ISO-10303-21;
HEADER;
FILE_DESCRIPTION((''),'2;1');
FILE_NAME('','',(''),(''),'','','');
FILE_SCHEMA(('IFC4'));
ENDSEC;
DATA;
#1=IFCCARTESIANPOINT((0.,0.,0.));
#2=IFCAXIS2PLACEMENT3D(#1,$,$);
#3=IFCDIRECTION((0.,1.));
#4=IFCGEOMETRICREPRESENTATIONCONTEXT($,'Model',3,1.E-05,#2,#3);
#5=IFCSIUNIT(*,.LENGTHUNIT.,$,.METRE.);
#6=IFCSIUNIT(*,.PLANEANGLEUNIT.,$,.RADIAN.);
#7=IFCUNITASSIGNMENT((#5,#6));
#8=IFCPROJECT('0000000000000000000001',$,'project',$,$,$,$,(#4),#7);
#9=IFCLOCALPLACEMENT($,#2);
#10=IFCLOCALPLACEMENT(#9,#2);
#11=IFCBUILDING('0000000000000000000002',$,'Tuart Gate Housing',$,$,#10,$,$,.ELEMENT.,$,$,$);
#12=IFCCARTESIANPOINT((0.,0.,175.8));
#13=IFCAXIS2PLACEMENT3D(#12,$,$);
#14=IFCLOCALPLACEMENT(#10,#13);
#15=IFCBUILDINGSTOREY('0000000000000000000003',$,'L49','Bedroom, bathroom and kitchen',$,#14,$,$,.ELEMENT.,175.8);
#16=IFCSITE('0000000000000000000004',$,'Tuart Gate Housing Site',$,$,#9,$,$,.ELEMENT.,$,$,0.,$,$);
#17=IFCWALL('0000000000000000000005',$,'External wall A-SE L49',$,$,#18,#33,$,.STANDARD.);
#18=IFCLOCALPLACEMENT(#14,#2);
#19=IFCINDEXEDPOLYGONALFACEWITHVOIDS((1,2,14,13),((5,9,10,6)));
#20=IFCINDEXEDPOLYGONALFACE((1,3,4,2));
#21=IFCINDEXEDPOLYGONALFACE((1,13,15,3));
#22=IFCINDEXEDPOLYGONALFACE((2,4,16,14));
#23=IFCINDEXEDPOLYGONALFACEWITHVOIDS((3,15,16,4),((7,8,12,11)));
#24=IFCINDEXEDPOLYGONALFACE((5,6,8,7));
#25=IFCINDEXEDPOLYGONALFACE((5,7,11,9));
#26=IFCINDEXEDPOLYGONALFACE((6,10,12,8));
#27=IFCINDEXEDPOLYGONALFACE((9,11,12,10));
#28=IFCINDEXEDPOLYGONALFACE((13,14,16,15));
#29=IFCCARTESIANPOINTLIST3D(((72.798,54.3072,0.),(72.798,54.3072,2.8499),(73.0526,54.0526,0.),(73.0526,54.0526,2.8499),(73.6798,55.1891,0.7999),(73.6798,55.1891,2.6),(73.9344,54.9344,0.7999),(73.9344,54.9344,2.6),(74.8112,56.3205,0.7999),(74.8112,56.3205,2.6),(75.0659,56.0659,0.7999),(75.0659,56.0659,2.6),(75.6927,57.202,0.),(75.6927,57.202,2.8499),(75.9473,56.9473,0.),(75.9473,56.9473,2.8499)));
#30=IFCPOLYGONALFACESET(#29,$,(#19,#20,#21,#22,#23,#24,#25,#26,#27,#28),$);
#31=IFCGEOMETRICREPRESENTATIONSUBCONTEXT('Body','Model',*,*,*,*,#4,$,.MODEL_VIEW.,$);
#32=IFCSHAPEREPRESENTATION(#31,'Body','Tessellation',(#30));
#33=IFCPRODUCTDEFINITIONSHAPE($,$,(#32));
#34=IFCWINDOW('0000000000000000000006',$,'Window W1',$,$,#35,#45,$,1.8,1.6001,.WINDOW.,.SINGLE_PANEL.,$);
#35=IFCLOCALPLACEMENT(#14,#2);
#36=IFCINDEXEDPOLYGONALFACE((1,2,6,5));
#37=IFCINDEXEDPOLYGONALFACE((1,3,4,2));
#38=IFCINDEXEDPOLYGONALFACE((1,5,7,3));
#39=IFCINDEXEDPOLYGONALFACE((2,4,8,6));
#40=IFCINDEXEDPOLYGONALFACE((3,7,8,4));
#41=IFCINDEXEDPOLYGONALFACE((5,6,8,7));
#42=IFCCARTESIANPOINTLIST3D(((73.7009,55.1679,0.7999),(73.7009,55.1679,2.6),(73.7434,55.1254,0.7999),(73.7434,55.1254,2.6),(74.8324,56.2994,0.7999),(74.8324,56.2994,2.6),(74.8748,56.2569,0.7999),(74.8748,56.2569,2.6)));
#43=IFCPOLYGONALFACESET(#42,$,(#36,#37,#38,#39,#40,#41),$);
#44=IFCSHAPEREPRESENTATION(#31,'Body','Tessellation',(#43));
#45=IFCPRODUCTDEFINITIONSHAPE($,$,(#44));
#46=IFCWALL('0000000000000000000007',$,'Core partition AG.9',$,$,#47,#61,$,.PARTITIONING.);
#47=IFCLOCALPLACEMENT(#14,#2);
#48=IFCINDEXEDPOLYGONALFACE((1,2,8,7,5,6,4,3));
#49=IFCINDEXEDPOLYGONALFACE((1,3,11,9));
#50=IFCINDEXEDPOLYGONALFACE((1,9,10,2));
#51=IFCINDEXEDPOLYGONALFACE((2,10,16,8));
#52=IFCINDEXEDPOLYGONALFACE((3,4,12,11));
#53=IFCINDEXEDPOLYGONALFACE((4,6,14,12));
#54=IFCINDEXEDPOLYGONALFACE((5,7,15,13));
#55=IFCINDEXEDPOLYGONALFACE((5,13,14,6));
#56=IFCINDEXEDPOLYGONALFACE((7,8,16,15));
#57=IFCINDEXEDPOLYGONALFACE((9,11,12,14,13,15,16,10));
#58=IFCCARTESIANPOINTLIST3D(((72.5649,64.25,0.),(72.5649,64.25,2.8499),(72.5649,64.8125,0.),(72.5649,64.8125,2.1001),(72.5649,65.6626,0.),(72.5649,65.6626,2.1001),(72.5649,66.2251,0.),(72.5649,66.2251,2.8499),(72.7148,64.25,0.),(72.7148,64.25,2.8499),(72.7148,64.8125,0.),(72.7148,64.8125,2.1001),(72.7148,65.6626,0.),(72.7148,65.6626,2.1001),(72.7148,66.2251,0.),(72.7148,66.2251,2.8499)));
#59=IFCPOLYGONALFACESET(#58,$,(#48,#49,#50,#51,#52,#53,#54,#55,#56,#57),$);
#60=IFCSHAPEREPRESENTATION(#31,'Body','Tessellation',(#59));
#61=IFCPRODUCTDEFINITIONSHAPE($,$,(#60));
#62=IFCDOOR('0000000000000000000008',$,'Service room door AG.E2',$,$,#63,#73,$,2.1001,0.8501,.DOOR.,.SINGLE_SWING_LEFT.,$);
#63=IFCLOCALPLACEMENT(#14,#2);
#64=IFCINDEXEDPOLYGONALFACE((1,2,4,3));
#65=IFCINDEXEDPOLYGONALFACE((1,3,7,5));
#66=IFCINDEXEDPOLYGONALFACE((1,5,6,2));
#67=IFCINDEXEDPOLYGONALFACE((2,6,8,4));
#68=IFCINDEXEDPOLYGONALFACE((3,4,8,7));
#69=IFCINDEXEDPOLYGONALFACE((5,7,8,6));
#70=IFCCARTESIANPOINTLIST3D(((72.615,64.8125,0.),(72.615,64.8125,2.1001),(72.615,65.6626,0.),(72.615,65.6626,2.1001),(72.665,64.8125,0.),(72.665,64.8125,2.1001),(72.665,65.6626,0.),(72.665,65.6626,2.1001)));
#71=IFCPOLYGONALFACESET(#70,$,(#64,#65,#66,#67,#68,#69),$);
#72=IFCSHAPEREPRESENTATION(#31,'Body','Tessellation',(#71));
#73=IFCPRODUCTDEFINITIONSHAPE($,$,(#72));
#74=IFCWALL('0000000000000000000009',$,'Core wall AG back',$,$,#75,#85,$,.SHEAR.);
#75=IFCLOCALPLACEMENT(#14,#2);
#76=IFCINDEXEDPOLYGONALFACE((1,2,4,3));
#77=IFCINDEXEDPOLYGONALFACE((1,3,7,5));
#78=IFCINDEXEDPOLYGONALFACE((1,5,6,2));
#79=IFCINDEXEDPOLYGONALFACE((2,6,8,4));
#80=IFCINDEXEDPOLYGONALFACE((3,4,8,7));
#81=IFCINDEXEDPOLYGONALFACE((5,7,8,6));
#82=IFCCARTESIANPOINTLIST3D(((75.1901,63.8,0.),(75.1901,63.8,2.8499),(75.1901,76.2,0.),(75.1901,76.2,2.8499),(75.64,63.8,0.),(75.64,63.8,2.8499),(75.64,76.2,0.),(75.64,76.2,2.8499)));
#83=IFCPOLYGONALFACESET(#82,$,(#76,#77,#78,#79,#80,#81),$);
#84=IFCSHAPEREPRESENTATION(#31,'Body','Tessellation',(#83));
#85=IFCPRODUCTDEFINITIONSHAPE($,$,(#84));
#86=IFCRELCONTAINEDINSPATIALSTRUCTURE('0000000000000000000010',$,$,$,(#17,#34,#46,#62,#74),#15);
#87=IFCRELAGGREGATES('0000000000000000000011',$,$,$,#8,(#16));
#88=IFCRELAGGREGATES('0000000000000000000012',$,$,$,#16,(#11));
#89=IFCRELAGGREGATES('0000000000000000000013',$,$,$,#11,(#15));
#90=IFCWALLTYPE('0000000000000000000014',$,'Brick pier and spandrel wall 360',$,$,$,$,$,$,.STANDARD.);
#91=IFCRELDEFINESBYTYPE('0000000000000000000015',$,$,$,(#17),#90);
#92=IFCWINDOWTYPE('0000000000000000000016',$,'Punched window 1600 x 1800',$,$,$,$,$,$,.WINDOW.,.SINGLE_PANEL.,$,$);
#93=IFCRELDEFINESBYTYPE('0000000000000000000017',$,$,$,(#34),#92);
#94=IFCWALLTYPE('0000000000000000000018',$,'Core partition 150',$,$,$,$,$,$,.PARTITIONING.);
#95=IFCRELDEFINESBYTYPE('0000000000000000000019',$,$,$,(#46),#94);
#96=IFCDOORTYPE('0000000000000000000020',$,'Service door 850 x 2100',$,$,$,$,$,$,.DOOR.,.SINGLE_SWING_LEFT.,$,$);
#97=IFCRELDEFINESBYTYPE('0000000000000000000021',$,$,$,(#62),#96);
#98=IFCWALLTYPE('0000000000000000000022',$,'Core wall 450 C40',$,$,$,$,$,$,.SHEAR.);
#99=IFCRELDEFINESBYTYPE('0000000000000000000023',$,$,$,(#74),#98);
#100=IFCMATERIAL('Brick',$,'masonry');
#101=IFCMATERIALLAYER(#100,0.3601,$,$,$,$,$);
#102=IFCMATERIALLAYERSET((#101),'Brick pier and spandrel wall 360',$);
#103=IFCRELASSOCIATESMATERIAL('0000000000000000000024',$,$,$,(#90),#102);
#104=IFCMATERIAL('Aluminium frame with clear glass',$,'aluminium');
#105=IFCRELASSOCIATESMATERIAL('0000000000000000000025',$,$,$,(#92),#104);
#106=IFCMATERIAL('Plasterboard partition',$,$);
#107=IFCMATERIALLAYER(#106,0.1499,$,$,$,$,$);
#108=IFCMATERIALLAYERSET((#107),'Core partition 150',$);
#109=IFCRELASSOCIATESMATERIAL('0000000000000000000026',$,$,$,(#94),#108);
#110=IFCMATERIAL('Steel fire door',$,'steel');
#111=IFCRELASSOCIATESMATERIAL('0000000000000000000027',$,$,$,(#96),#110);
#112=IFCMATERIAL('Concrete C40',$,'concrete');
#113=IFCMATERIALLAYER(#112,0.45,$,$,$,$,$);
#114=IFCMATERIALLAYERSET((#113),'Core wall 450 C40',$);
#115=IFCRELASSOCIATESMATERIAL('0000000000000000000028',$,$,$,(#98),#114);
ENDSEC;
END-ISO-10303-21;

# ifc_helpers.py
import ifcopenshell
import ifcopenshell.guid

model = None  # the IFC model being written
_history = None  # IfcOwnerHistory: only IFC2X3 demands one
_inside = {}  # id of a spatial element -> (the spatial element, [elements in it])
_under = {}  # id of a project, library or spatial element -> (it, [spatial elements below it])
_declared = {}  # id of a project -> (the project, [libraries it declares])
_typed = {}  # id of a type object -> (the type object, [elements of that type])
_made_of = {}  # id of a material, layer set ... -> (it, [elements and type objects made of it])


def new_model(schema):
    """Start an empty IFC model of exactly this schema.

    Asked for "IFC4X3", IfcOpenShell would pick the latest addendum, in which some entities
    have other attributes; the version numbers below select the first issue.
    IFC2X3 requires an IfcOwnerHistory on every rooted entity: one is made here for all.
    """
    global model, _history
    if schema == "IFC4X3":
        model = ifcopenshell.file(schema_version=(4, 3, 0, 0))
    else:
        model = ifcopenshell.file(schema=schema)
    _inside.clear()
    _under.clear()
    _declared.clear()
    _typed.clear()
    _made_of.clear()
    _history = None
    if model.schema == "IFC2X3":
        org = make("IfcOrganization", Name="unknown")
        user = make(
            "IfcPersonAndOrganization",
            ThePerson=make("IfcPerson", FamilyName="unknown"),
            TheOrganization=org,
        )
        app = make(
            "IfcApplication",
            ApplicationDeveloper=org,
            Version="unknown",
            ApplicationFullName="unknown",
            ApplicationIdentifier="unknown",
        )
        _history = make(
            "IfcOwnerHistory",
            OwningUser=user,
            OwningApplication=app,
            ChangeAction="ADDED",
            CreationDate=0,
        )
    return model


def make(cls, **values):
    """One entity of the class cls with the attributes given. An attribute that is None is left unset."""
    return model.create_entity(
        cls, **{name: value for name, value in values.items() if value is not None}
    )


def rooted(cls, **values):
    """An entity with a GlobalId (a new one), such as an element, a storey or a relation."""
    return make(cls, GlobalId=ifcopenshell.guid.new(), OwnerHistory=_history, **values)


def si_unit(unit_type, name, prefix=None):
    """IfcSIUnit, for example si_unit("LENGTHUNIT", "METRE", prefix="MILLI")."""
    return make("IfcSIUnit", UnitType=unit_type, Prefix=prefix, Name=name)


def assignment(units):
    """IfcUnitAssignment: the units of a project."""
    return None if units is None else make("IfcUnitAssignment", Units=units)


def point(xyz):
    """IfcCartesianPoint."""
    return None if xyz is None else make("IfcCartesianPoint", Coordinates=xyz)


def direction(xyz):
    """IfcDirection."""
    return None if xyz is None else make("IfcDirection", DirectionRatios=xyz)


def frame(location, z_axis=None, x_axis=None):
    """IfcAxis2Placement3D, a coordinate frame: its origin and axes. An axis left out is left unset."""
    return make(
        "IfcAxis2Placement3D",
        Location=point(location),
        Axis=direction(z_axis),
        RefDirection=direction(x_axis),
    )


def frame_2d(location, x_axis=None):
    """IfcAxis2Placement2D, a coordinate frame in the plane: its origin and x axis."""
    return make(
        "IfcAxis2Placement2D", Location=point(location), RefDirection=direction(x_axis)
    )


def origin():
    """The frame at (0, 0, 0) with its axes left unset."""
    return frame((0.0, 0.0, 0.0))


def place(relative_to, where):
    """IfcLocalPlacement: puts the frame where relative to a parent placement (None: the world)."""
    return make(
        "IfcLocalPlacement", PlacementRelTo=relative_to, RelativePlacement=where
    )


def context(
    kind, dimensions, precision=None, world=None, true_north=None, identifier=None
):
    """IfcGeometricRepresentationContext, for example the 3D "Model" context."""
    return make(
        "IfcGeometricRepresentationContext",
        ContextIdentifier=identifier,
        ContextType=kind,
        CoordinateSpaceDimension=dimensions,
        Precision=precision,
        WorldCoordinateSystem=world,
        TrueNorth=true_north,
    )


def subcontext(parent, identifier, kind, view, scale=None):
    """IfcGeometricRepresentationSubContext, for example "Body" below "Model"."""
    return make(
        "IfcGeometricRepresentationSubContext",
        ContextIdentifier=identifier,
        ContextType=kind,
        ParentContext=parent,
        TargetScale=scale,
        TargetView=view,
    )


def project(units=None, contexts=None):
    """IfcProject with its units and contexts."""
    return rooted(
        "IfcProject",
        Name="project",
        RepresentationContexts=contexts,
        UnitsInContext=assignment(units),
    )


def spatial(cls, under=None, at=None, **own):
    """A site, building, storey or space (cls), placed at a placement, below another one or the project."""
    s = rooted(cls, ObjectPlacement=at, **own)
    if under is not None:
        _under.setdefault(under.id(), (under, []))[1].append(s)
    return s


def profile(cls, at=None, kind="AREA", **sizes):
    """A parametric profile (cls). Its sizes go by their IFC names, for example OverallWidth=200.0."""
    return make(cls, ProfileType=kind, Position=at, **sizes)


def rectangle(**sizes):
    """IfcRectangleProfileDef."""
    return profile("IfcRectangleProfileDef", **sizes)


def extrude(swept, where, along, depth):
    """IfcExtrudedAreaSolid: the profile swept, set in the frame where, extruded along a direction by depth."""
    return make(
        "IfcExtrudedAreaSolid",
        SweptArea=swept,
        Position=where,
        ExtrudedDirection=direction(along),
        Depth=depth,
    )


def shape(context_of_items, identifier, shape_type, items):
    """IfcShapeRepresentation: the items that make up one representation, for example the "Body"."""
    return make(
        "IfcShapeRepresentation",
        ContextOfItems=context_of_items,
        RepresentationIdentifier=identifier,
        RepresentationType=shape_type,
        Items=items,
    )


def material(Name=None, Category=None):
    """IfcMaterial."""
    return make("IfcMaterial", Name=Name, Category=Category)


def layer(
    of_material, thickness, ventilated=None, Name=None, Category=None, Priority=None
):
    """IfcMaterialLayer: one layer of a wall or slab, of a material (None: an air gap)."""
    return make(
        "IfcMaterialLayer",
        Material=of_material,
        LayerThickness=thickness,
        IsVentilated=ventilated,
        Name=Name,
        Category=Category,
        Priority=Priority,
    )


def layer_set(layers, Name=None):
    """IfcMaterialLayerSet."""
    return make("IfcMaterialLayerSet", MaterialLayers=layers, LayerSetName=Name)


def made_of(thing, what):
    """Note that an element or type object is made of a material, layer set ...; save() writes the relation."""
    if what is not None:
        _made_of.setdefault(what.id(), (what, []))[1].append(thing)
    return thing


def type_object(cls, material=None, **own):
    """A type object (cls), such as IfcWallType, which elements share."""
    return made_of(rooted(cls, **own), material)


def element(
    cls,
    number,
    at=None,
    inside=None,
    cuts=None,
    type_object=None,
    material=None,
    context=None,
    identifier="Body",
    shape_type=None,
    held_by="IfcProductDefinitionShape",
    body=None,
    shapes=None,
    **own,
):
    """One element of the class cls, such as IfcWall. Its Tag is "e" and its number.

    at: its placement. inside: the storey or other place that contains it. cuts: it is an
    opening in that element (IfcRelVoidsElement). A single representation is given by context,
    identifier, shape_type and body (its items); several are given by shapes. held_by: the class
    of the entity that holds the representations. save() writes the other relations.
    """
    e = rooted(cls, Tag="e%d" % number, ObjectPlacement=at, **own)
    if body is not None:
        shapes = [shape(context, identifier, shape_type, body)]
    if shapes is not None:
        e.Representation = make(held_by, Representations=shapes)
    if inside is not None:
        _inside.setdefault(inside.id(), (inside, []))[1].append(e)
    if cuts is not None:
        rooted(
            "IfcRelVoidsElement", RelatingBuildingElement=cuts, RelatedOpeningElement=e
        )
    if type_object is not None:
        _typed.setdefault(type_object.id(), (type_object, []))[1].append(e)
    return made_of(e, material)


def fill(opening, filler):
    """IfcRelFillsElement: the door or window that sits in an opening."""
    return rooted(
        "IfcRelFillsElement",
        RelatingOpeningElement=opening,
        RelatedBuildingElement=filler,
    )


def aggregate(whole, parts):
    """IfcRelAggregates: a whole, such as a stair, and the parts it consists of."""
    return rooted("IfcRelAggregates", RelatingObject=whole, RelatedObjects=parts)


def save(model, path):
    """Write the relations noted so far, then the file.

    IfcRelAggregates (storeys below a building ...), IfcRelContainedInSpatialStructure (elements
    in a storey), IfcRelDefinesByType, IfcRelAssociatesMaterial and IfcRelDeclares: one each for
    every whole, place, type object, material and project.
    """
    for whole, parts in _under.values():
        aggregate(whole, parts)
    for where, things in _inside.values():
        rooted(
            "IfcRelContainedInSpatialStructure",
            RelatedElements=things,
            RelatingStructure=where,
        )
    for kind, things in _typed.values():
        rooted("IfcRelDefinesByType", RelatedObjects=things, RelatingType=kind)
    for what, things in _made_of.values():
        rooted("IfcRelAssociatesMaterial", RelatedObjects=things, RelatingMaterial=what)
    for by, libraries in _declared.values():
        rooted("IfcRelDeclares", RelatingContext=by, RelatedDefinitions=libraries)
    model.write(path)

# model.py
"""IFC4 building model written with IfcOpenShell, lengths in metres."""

from ifc_helpers import new_model, si_unit, direction, frame, frame_2d, origin, place, context, subcontext, project, spatial, rectangle, extrude, material, layer, layer_set, type_object, element, fill, save


model = new_model("IFC4")

# Units and contexts
model_context = context("Model", 3, precision=1e-05, world=origin(), true_north=direction((0.0, 1.0)))
body_context = subcontext(model_context, "Body", "Model", "MODEL_VIEW")
ifc_project = project(units=[si_unit("LENGTHUNIT", "METRE"), si_unit("PLANEANGLEUNIT", "RADIAN")], contexts=[model_context])

# Site, building, storey
site_placement = place(None, origin())
site = spatial("IfcSite", under=ifc_project, at=site_placement, Name="Tuart Gate Housing Site", CompositionType="ELEMENT", RefElevation=0.0)
building_placement = place(site_placement, origin())
building = spatial("IfcBuilding", under=site, at=building_placement, Name="Tuart Gate Housing", CompositionType="ELEMENT")
storey_placement = place(building_placement, frame((0.0, 0.0, 175.8)))
storey = spatial("IfcBuildingStorey", under=building, at=storey_placement, Name="L49", Description="Bedroom, bathroom and kitchen", CompositionType="ELEMENT", Elevation=175.8)

# Wall, opening, window
ifc_material_1 = material(Name="Brick", Category="masonry")
ifc_layer_1 = layer(ifc_material_1, 0.3601)
ifc_layer_set_1 = layer_set([ifc_layer_1], Name="Brick pier and spandrel wall 360")
wall_type_1 = type_object("IfcWallType", Name="Brick pier and spandrel wall 360", PredefinedType="STANDARD", material=ifc_layer_set_1)
wall_1_placement = place(storey_placement, frame((72.9253, 54.1799, 0.0), z_axis=(0.0, 0.0, 1.0), x_axis=(0.707107, 0.707107, 0.0)))
wall_1 = element("IfcWall", 1, at=wall_1_placement, inside=storey, type_object=wall_type_1, Name="External wall A-SE L49", PredefinedType="STANDARD", context=body_context, shape_type="SweptSolid", body=[
    extrude(rectangle(XDim=4.0938, YDim=0.3601, at=frame_2d((2.0469, 0.0))), origin(), (0.0, 0.0, 1.0), 2.8499),
])
opening_1_placement = place(wall_1_placement, frame((1.2471, 0.0, 0.8)))
opening_1 = element("IfcOpeningElement", 2, at=opening_1_placement, cuts=wall_1, PredefinedType="OPENING", context=body_context, shape_type="SweptSolid", body=[
    extrude(rectangle(XDim=1.6001, YDim=1.8, at=frame_2d((0.8, 0.8999))), frame((0.0, 0.1899, 0.0), z_axis=(0.0, -1.0, 0.0), x_axis=(1.0, 0.0, 0.0)), (0.0, 0.0, 1.0), 0.3801),
])
ifc_material_2 = material(Name="Aluminium frame with clear glass", Category="aluminium")
window_type = type_object("IfcWindowType", Name="Punched window 1600 x 1800", PartitioningType="SINGLE_PANEL", PredefinedType="WINDOW", material=ifc_material_2)
window_placement = place(opening_1_placement, origin())
window = element("IfcWindow", 3, at=window_placement, inside=storey, type_object=window_type, Name="Window W1", OverallHeight=1.8, OverallWidth=1.6001, PartitioningType="SINGLE_PANEL", PredefinedType="WINDOW", context=body_context, shape_type="SweptSolid", body=[
    extrude(rectangle(XDim=1.6001, YDim=1.8, at=frame_2d((0.8, 0.8999))), frame((0.0, 0.1501, 0.0), z_axis=(0.0, -1.0, 0.0), x_axis=(1.0, 0.0, 0.0)), (0.0, 0.0, 1.0), 0.0601),
])
fill(opening_1, window)

# Wall, opening, door
ifc_material_3 = material(Name="Plasterboard partition")
ifc_layer_2 = layer(ifc_material_3, 0.1499)
ifc_layer_set_2 = layer_set([ifc_layer_2], Name="Core partition 150")
wall_type_2 = type_object("IfcWallType", Name="Core partition 150", PredefinedType="PARTITIONING", material=ifc_layer_set_2)
wall_2_placement = place(storey_placement, frame((72.6399, 64.25, 0.0), z_axis=(0.0, 0.0, 1.0), x_axis=(0.0, 1.0, 0.0)))
wall_2 = element("IfcWall", 4, at=wall_2_placement, inside=storey, type_object=wall_type_2, Name="Core partition AG.9", PredefinedType="PARTITIONING", context=body_context, shape_type="SweptSolid", body=[
    extrude(rectangle(XDim=1.9751, YDim=0.1499, at=frame_2d((0.9875, 0.0))), origin(), (0.0, 0.0, 1.0), 2.8499),
])
opening_2_placement = place(wall_2_placement, frame((0.5625, 0.0, 0.0)))
opening_2 = element("IfcOpeningElement", 5, at=opening_2_placement, cuts=wall_2, PredefinedType="OPENING", context=body_context, shape_type="SweptSolid", body=[
    extrude(rectangle(XDim=0.8501, YDim=2.1001, at=frame_2d((0.425, 1.05))), frame((0.0, 0.085, 0.0), z_axis=(0.0, -1.0, 0.0), x_axis=(1.0, 0.0, 0.0)), (0.0, 0.0, 1.0), 0.1699),
])
ifc_material_4 = material(Name="Steel fire door", Category="steel")
door_type = type_object("IfcDoorType", Name="Service door 850 x 2100", OperationType="SINGLE_SWING_LEFT", PredefinedType="DOOR", material=ifc_material_4)
door_placement = place(opening_2_placement, origin())
door = element("IfcDoor", 6, at=door_placement, inside=storey, type_object=door_type, Name="Service room door AG.E2", OperationType="SINGLE_SWING_LEFT", OverallHeight=2.1001, OverallWidth=0.8501, PredefinedType="DOOR", context=body_context, shape_type="SweptSolid", body=[
    extrude(rectangle(XDim=0.8501, YDim=2.1001, at=frame_2d((0.425, 1.05))), frame((0.0, 0.0249, 0.0), z_axis=(0.0, -1.0, 0.0), x_axis=(1.0, 0.0, 0.0)), (0.0, 0.0, 1.0), 0.05),
])
fill(opening_2, door)

# Wall
ifc_material_5 = material(Name="Concrete C40", Category="concrete")
ifc_layer_3 = layer(ifc_material_5, 0.45)
ifc_layer_set_3 = layer_set([ifc_layer_3], Name="Core wall 450 C40")
wall_type_3 = type_object("IfcWallType", Name="Core wall 450 C40", PredefinedType="SHEAR", material=ifc_layer_set_3)
wall_3_placement = place(storey_placement, frame((75.415, 63.8, 0.0), z_axis=(0.0, 0.0, 1.0), x_axis=(0.0, 1.0, 0.0)))
element("IfcWall", 7, at=wall_3_placement, inside=storey, type_object=wall_type_3, Name="Core wall AG back", PredefinedType="SHEAR", context=body_context, shape_type="SweptSolid", body=[
    extrude(rectangle(XDim=12.3999, YDim=0.45, at=frame_2d((6.2, 0.0))), origin(), (0.0, 0.0, 1.0), 2.8499),
])

save(model, "model.ifc")
